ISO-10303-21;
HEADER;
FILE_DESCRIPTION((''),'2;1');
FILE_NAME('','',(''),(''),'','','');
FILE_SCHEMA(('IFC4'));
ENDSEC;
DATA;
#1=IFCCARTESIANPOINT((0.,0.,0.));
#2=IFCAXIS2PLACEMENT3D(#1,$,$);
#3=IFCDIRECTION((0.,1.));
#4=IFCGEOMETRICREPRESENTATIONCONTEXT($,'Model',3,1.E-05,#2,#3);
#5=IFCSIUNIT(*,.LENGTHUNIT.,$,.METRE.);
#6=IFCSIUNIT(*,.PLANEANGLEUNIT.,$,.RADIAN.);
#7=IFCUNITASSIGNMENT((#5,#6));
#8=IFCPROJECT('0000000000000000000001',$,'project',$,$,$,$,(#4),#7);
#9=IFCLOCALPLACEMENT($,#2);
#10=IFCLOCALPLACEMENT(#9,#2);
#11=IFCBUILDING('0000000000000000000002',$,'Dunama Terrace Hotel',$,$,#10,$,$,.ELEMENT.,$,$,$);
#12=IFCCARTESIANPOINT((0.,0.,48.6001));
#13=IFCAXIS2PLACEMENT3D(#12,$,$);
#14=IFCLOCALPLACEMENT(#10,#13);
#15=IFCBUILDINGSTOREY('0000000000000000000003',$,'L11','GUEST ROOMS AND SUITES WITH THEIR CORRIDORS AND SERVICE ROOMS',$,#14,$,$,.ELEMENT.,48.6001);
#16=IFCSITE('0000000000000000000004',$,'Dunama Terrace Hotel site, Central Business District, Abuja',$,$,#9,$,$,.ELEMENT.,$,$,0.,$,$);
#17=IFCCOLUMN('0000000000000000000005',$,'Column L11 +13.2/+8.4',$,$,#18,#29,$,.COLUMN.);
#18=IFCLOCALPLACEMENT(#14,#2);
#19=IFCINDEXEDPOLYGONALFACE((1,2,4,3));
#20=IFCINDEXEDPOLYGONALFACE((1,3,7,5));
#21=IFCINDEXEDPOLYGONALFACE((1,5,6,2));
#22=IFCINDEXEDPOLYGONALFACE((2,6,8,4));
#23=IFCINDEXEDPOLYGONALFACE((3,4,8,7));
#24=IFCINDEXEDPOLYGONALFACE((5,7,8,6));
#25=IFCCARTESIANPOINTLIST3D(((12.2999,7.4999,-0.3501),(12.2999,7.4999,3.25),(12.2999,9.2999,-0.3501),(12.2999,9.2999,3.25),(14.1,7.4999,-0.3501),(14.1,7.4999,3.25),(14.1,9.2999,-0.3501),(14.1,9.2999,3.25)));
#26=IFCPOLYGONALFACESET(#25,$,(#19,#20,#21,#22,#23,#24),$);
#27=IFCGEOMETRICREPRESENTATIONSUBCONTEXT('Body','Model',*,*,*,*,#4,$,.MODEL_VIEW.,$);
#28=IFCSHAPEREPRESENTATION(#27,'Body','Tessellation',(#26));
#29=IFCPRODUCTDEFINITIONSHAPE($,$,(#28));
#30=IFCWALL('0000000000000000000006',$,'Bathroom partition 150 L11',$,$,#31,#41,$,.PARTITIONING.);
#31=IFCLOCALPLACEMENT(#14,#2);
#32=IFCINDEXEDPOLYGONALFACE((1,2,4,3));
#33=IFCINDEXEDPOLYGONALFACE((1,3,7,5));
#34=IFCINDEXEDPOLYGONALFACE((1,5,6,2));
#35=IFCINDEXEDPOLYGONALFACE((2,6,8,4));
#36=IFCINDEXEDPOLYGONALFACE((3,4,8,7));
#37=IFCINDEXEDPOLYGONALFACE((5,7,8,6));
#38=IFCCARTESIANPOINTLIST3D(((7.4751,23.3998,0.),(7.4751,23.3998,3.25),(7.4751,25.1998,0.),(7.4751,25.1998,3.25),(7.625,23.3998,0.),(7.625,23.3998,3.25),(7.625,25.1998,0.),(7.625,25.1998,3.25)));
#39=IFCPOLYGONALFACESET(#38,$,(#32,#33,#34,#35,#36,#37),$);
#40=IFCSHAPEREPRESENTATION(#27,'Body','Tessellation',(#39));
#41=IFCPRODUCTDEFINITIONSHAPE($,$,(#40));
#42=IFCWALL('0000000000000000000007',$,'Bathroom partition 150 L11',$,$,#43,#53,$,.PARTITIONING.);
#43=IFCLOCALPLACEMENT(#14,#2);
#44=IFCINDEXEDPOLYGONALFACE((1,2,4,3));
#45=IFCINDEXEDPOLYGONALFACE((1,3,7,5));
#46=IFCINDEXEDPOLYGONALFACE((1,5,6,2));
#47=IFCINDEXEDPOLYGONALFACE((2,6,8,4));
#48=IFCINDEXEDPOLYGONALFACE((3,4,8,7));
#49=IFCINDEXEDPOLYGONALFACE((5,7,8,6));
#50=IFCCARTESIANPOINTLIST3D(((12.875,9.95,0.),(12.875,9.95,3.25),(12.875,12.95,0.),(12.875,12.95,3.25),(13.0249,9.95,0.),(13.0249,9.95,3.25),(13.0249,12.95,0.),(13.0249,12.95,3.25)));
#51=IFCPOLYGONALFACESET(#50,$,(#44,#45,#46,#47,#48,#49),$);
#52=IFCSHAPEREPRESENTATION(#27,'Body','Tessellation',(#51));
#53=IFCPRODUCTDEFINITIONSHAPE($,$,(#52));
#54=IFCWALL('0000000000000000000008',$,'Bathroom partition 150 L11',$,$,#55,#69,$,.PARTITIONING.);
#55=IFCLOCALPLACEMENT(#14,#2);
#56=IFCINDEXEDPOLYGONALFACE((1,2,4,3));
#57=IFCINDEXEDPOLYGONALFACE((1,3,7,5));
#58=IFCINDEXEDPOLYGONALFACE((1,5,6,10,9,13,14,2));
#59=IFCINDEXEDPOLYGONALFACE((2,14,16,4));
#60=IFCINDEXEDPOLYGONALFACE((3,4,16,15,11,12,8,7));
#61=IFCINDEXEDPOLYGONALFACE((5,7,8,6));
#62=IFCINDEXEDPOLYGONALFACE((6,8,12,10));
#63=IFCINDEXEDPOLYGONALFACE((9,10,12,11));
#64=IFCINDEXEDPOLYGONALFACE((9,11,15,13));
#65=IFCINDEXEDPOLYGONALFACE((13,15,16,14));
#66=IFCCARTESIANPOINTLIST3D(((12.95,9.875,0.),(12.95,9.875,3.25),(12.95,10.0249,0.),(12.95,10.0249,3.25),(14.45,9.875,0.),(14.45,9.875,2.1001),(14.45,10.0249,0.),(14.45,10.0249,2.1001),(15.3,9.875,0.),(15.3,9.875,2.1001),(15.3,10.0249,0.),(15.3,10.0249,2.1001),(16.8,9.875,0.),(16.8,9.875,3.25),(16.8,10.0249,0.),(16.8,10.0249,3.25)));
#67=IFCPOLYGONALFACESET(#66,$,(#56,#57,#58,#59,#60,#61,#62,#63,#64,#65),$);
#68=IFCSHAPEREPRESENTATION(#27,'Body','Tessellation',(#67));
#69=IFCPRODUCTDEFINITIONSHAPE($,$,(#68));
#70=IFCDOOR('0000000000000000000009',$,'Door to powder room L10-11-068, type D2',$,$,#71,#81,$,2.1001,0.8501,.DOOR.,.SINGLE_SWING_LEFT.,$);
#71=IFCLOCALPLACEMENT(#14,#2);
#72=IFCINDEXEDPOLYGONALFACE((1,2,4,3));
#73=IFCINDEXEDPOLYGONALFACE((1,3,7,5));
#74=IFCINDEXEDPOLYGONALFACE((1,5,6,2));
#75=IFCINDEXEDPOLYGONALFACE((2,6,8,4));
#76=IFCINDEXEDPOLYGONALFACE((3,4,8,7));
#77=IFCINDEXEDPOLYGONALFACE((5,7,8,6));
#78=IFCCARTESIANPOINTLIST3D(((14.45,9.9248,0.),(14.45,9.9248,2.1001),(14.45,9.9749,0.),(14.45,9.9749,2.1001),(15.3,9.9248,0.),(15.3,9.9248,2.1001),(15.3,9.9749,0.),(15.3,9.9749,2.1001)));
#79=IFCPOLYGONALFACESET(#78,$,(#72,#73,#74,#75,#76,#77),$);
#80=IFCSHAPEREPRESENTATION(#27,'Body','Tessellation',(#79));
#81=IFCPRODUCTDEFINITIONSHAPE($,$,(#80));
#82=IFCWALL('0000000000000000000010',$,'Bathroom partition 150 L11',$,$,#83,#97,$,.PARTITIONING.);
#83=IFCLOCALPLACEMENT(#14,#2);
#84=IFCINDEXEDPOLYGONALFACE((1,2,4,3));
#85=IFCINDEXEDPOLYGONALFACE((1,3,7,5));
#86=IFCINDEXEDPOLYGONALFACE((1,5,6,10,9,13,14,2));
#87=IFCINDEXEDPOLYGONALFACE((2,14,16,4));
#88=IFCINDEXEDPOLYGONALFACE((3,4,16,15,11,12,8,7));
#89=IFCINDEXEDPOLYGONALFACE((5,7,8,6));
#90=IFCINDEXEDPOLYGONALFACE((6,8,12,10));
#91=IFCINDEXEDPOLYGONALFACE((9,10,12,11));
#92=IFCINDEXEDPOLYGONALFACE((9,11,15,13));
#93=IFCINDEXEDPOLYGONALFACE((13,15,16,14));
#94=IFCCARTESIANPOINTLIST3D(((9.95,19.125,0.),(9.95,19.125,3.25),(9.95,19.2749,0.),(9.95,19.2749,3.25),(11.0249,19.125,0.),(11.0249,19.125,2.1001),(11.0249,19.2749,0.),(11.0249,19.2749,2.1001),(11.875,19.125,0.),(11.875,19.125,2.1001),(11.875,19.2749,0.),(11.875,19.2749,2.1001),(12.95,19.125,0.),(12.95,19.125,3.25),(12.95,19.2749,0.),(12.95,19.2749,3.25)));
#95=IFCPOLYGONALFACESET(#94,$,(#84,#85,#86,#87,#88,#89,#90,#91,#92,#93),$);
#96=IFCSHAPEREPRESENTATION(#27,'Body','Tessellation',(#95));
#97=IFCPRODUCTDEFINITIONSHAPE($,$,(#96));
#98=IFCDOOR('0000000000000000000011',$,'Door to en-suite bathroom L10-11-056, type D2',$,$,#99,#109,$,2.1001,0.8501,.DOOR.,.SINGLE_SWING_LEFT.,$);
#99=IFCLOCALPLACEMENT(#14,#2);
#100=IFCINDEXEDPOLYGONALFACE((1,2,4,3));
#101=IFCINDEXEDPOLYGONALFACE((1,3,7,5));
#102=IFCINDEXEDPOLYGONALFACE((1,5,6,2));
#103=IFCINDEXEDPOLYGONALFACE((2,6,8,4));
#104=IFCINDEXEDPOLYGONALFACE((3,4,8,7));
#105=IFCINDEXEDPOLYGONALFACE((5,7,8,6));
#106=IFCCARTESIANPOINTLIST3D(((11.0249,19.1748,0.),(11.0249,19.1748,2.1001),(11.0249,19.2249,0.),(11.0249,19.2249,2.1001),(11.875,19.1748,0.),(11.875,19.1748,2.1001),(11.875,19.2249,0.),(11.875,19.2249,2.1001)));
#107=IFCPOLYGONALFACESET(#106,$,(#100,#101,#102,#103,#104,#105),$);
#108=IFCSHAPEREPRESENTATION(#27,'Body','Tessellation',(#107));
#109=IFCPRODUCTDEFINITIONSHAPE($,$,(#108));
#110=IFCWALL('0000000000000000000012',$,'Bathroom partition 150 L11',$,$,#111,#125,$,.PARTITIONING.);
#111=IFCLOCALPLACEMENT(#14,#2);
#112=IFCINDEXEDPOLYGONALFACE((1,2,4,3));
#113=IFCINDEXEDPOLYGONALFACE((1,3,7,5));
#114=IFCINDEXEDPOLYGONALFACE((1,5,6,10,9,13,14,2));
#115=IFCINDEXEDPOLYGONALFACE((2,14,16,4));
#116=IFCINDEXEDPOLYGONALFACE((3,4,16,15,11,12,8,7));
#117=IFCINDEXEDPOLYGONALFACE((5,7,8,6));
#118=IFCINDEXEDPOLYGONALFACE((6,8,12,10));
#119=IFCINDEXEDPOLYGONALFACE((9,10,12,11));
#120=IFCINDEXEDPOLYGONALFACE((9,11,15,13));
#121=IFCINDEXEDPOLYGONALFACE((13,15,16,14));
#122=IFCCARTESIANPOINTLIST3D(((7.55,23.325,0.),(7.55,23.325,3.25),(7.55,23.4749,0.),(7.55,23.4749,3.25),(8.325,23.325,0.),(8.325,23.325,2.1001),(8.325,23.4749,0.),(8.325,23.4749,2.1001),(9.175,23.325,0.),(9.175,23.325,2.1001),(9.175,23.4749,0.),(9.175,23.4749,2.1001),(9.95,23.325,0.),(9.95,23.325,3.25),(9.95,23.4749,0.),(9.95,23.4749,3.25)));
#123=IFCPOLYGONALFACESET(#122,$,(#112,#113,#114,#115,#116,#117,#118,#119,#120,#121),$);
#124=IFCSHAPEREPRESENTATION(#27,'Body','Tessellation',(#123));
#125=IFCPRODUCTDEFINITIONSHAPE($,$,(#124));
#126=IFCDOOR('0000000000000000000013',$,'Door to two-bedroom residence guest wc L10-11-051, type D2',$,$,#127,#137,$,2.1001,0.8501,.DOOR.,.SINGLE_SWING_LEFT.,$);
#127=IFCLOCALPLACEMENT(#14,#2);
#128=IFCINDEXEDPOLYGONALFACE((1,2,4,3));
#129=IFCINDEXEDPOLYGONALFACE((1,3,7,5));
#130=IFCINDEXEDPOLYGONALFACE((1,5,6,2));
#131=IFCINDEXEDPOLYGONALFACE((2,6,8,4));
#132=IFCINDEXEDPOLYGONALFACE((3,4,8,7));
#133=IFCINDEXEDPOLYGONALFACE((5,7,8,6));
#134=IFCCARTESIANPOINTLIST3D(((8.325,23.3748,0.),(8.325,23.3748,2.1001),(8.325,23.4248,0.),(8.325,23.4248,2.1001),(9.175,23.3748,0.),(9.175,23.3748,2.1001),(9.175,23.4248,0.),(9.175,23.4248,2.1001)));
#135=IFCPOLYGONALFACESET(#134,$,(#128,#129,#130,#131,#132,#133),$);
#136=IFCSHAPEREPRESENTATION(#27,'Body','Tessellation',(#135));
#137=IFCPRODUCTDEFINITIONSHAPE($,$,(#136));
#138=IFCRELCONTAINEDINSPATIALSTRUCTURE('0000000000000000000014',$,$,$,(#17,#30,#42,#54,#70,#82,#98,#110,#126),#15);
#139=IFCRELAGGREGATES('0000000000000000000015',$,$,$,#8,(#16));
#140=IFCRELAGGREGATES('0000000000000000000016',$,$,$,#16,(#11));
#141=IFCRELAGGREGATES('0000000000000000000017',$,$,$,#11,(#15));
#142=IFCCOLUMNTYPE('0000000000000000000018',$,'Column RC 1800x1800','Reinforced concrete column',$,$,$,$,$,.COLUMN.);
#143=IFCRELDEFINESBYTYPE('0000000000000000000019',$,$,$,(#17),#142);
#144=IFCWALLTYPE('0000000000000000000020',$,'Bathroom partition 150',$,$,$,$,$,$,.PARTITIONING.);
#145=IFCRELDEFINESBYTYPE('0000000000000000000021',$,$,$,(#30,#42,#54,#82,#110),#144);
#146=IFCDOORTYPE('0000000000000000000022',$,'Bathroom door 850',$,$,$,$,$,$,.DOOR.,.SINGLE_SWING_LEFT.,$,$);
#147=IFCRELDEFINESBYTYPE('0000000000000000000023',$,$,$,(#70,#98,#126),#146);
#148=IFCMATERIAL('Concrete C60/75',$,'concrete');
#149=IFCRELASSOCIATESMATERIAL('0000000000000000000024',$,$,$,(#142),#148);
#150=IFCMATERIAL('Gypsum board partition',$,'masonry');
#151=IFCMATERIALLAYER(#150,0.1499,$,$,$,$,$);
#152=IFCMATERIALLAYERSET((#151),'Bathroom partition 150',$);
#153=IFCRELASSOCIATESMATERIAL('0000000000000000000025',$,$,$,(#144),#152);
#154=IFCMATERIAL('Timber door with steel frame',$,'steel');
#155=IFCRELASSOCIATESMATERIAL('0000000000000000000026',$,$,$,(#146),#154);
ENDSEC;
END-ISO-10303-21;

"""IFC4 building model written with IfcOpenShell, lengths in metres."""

from ifc_helpers import new_model, si_unit, direction, frame, frame_2d, origin, origin_2d, place, context, subcontext, project, spatial, rectangle, extrude, material, layer, layer_set, material_profile, profile_set, type_object, element, fill, save


model = new_model("IFC4")

# Units and contexts
model_context = context("Model", 3, precision=1e-05, world=origin(), true_north=direction((0.0, 1.0)))
body_context = subcontext(model_context, "Body", "Model", "MODEL_VIEW")
ifc_project = project(units=[si_unit("LENGTHUNIT", "METRE"), si_unit("PLANEANGLEUNIT", "RADIAN")], contexts=[model_context])

# Site, building, storey
site_placement = place(None, origin())
site = spatial("IfcSite", under=ifc_project, at=site_placement, Name="Dunama Terrace Hotel site, Central Business District, Abuja", CompositionType="ELEMENT", RefElevation=0.0)
building_placement = place(site_placement, origin())
building = spatial("IfcBuilding", under=site, at=building_placement, Name="Dunama Terrace Hotel", CompositionType="ELEMENT")
storey_placement = place(building_placement, frame((0.0, 0.0, 48.6001)))
storey = spatial("IfcBuildingStorey", under=building, at=storey_placement, Name="L11", Description="GUEST ROOMS AND SUITES WITH THEIR CORRIDORS AND SERVICE ROOMS", CompositionType="ELEMENT", Elevation=48.6001)

# Column
ifc_material_1 = material(Name="Concrete C60/75", Category="concrete")
ifc_material_profile = material_profile(ifc_material_1, rectangle(XDim=1.8, YDim=1.8, at=origin_2d()), Name="RC 1800x1800")
ifc_profile_set = profile_set([ifc_material_profile], Name="Concrete C60/75")
column_type = type_object("IfcColumnType", Name="Column RC 1800x1800", Description="Reinforced concrete column", PredefinedType="COLUMN", material=ifc_profile_set)
column_placement = place(storey_placement, frame((13.2, 8.3999, -0.3501), z_axis=(0.0, 0.0, 1.0), x_axis=(1.0, 0.0, 0.0)))
element("IfcColumn", 1, at=column_placement, inside=storey, type_object=column_type, Name="Column L11 +13.2/+8.4", PredefinedType="COLUMN", context=body_context, shape_type="SweptSolid", body=[
    extrude(rectangle(XDim=1.8, YDim=1.8, at=origin_2d()), origin(), (0.0, 0.0, 1.0), 3.6001),
])

# Walls
ifc_material_2 = material(Name="Gypsum board partition", Category="masonry")
ifc_layer_1 = layer(ifc_material_2, 0.1499)
ifc_layer_set_1 = layer_set([ifc_layer_1], Name="Bathroom partition 150")
wall_type_1 = type_object("IfcWallType", Name="Bathroom partition 150", PredefinedType="PARTITIONING", material=ifc_layer_set_1)
wall_1_placement = place(storey_placement, frame((7.55, 23.3999, 0.0), z_axis=(0.0, 0.0, 1.0), x_axis=(0.0, 1.0, 0.0)))
element("IfcWall", 2, at=wall_1_placement, inside=storey, type_object=wall_type_1, Name="Bathroom partition 150 L11", PredefinedType="PARTITIONING", context=body_context, shape_type="SweptSolid", body=[
    extrude(rectangle(XDim=1.8, YDim=0.1499, at=frame_2d((0.8999, 0.0))), origin(), (0.0, 0.0, 1.0), 3.25),
])
wall_2_placement = place(storey_placement, frame((12.95, 9.95, 0.0), z_axis=(0.0, 0.0, 1.0), x_axis=(0.0, 1.0, 0.0)))
element("IfcWall", 3, at=wall_2_placement, inside=storey, type_object=wall_type_1, Name="Bathroom partition 150 L11", PredefinedType="PARTITIONING", context=body_context, shape_type="SweptSolid", body=[
    extrude(rectangle(XDim=3.0, YDim=0.1499, at=frame_2d((1.5, 0.0))), origin(), (0.0, 0.0, 1.0), 3.25),
])

# Walls, openings, doors
wall_3_placement = place(storey_placement, frame((12.95, 9.95, 0.0), z_axis=(0.0, 0.0, 1.0), x_axis=(1.0, 0.0, 0.0)))
wall_3 = element("IfcWall", 4, at=wall_3_placement, inside=storey, type_object=wall_type_1, Name="Bathroom partition 150 L11", PredefinedType="PARTITIONING", context=body_context, shape_type="SweptSolid", body=[
    extrude(rectangle(XDim=3.8501, YDim=0.1499, at=frame_2d((1.925, 0.0))), origin(), (0.0, 0.0, 1.0), 3.25),
])
opening_1_placement = place(wall_3_placement, frame((1.5, 0.0, 0.0)))
opening_1 = element("IfcOpeningElement", 5, at=opening_1_placement, cuts=wall_3, PredefinedType="OPENING", context=body_context, shape_type="SweptSolid", body=[
    extrude(rectangle(XDim=0.8501, YDim=2.1001, at=frame_2d((0.425, 1.05))), frame((0.0, 0.085, 0.0), z_axis=(0.0, -1.0, 0.0), x_axis=(1.0, 0.0, 0.0)), (0.0, 0.0, 1.0), 0.1699),
])
ifc_material_3 = material(Name="Timber door with steel frame", Category="steel")
door_type_1 = type_object("IfcDoorType", Name="Bathroom door 850", OperationType="SINGLE_SWING_LEFT", PredefinedType="DOOR", material=ifc_material_3)
door_1_placement = place(opening_1_placement, origin())
door_1 = element("IfcDoor", 6, at=door_1_placement, inside=storey, type_object=door_type_1, Name="Door to powder room L10-11-068, type D2", OperationType="SINGLE_SWING_LEFT", OverallHeight=2.1001, OverallWidth=0.8501, PredefinedType="DOOR", context=body_context, shape_type="SweptSolid", body=[
    extrude(rectangle(XDim=0.8501, YDim=2.1001, at=frame_2d((0.425, 1.05))), frame((0.0, 0.0249, 0.0), z_axis=(0.0, -1.0, 0.0), x_axis=(1.0, 0.0, 0.0)), (0.0, 0.0, 1.0), 0.05),
])
fill(opening_1, door_1)
wall_4_placement = place(storey_placement, frame((9.95, 19.2, 0.0), z_axis=(0.0, 0.0, 1.0), x_axis=(1.0, 0.0, 0.0)))
wall_4 = element("IfcWall", 7, at=wall_4_placement, inside=storey, type_object=wall_type_1, Name="Bathroom partition 150 L11", PredefinedType="PARTITIONING", context=body_context, shape_type="SweptSolid", body=[
    extrude(rectangle(XDim=3.0, YDim=0.1499, at=frame_2d((1.5, 0.0))), origin(), (0.0, 0.0, 1.0), 3.25),
])
opening_2_placement = place(wall_4_placement, frame((1.075, 0.0, 0.0)))
opening_2 = element("IfcOpeningElement", 8, at=opening_2_placement, cuts=wall_4, PredefinedType="OPENING", context=body_context, shape_type="SweptSolid", body=[
    extrude(rectangle(XDim=0.8501, YDim=2.1001, at=frame_2d((0.425, 1.05))), frame((0.0, 0.085, 0.0), z_axis=(0.0, -1.0, 0.0), x_axis=(1.0, 0.0, 0.0)), (0.0, 0.0, 1.0), 0.1699),
])
door_2_placement = place(opening_2_placement, frame((0.8501, 0.0, 0.0), z_axis=(0.0, 0.0, 1.0), x_axis=(-1.0, 0.0, 0.0)))
door_2 = element("IfcDoor", 9, at=door_2_placement, inside=storey, type_object=door_type_1, Name="Door to en-suite bathroom L10-11-056, type D2", OperationType="SINGLE_SWING_LEFT", OverallHeight=2.1001, OverallWidth=0.8501, PredefinedType="DOOR", context=body_context, shape_type="SweptSolid", body=[
    extrude(rectangle(XDim=0.8501, YDim=2.1001, at=frame_2d((0.425, 1.05))), frame((0.0, 0.0251, 0.0), z_axis=(0.0, -1.0, 0.0), x_axis=(1.0, 0.0, 0.0)), (0.0, 0.0, 1.0), 0.05),
])
fill(opening_2, door_2)
wall_5_placement = place(storey_placement, frame((7.55, 23.3999, 0.0), z_axis=(0.0, 0.0, 1.0), x_axis=(1.0, 0.0, 0.0)))
wall_5 = element("IfcWall", 10, at=wall_5_placement, inside=storey, type_object=wall_type_1, Name="Bathroom partition 150 L11", PredefinedType="PARTITIONING", context=body_context, shape_type="SweptSolid", body=[
    extrude(rectangle(XDim=2.3999, YDim=0.1499, at=frame_2d((1.2, 0.0))), origin(), (0.0, 0.0, 1.0), 3.25),
])
opening_3_placement = place(wall_5_placement, frame((0.7749, 0.0, 0.0)))
opening_3 = element("IfcOpeningElement", 11, at=opening_3_placement, cuts=wall_5, PredefinedType="OPENING", context=body_context, shape_type="SweptSolid", body=[
    extrude(rectangle(XDim=0.8501, YDim=2.1001, at=frame_2d((0.425, 1.05))), frame((0.0, 0.085, 0.0), z_axis=(0.0, -1.0, 0.0), x_axis=(1.0, 0.0, 0.0)), (0.0, 0.0, 1.0), 0.1699),
])
door_3_placement = place(opening_3_placement, origin())
door_3 = element("IfcDoor", 12, at=door_3_placement, inside=storey, type_object=door_type_1, Name="Door to two-bedroom residence guest wc L10-11-051, type D2", OperationType="SINGLE_SWING_LEFT", OverallHeight=2.1001, OverallWidth=0.8501, PredefinedType="DOOR", context=body_context, shape_type="SweptSolid", body=[
    extrude(rectangle(XDim=0.8501, YDim=2.1001, at=frame_2d((0.425, 1.05))), frame((0.0, 0.0249, 0.0), z_axis=(0.0, -1.0, 0.0), x_axis=(1.0, 0.0, 0.0)), (0.0, 0.0, 1.0), 0.05),
])
fill(opening_3, door_3)

save(model, "model.ifc")
